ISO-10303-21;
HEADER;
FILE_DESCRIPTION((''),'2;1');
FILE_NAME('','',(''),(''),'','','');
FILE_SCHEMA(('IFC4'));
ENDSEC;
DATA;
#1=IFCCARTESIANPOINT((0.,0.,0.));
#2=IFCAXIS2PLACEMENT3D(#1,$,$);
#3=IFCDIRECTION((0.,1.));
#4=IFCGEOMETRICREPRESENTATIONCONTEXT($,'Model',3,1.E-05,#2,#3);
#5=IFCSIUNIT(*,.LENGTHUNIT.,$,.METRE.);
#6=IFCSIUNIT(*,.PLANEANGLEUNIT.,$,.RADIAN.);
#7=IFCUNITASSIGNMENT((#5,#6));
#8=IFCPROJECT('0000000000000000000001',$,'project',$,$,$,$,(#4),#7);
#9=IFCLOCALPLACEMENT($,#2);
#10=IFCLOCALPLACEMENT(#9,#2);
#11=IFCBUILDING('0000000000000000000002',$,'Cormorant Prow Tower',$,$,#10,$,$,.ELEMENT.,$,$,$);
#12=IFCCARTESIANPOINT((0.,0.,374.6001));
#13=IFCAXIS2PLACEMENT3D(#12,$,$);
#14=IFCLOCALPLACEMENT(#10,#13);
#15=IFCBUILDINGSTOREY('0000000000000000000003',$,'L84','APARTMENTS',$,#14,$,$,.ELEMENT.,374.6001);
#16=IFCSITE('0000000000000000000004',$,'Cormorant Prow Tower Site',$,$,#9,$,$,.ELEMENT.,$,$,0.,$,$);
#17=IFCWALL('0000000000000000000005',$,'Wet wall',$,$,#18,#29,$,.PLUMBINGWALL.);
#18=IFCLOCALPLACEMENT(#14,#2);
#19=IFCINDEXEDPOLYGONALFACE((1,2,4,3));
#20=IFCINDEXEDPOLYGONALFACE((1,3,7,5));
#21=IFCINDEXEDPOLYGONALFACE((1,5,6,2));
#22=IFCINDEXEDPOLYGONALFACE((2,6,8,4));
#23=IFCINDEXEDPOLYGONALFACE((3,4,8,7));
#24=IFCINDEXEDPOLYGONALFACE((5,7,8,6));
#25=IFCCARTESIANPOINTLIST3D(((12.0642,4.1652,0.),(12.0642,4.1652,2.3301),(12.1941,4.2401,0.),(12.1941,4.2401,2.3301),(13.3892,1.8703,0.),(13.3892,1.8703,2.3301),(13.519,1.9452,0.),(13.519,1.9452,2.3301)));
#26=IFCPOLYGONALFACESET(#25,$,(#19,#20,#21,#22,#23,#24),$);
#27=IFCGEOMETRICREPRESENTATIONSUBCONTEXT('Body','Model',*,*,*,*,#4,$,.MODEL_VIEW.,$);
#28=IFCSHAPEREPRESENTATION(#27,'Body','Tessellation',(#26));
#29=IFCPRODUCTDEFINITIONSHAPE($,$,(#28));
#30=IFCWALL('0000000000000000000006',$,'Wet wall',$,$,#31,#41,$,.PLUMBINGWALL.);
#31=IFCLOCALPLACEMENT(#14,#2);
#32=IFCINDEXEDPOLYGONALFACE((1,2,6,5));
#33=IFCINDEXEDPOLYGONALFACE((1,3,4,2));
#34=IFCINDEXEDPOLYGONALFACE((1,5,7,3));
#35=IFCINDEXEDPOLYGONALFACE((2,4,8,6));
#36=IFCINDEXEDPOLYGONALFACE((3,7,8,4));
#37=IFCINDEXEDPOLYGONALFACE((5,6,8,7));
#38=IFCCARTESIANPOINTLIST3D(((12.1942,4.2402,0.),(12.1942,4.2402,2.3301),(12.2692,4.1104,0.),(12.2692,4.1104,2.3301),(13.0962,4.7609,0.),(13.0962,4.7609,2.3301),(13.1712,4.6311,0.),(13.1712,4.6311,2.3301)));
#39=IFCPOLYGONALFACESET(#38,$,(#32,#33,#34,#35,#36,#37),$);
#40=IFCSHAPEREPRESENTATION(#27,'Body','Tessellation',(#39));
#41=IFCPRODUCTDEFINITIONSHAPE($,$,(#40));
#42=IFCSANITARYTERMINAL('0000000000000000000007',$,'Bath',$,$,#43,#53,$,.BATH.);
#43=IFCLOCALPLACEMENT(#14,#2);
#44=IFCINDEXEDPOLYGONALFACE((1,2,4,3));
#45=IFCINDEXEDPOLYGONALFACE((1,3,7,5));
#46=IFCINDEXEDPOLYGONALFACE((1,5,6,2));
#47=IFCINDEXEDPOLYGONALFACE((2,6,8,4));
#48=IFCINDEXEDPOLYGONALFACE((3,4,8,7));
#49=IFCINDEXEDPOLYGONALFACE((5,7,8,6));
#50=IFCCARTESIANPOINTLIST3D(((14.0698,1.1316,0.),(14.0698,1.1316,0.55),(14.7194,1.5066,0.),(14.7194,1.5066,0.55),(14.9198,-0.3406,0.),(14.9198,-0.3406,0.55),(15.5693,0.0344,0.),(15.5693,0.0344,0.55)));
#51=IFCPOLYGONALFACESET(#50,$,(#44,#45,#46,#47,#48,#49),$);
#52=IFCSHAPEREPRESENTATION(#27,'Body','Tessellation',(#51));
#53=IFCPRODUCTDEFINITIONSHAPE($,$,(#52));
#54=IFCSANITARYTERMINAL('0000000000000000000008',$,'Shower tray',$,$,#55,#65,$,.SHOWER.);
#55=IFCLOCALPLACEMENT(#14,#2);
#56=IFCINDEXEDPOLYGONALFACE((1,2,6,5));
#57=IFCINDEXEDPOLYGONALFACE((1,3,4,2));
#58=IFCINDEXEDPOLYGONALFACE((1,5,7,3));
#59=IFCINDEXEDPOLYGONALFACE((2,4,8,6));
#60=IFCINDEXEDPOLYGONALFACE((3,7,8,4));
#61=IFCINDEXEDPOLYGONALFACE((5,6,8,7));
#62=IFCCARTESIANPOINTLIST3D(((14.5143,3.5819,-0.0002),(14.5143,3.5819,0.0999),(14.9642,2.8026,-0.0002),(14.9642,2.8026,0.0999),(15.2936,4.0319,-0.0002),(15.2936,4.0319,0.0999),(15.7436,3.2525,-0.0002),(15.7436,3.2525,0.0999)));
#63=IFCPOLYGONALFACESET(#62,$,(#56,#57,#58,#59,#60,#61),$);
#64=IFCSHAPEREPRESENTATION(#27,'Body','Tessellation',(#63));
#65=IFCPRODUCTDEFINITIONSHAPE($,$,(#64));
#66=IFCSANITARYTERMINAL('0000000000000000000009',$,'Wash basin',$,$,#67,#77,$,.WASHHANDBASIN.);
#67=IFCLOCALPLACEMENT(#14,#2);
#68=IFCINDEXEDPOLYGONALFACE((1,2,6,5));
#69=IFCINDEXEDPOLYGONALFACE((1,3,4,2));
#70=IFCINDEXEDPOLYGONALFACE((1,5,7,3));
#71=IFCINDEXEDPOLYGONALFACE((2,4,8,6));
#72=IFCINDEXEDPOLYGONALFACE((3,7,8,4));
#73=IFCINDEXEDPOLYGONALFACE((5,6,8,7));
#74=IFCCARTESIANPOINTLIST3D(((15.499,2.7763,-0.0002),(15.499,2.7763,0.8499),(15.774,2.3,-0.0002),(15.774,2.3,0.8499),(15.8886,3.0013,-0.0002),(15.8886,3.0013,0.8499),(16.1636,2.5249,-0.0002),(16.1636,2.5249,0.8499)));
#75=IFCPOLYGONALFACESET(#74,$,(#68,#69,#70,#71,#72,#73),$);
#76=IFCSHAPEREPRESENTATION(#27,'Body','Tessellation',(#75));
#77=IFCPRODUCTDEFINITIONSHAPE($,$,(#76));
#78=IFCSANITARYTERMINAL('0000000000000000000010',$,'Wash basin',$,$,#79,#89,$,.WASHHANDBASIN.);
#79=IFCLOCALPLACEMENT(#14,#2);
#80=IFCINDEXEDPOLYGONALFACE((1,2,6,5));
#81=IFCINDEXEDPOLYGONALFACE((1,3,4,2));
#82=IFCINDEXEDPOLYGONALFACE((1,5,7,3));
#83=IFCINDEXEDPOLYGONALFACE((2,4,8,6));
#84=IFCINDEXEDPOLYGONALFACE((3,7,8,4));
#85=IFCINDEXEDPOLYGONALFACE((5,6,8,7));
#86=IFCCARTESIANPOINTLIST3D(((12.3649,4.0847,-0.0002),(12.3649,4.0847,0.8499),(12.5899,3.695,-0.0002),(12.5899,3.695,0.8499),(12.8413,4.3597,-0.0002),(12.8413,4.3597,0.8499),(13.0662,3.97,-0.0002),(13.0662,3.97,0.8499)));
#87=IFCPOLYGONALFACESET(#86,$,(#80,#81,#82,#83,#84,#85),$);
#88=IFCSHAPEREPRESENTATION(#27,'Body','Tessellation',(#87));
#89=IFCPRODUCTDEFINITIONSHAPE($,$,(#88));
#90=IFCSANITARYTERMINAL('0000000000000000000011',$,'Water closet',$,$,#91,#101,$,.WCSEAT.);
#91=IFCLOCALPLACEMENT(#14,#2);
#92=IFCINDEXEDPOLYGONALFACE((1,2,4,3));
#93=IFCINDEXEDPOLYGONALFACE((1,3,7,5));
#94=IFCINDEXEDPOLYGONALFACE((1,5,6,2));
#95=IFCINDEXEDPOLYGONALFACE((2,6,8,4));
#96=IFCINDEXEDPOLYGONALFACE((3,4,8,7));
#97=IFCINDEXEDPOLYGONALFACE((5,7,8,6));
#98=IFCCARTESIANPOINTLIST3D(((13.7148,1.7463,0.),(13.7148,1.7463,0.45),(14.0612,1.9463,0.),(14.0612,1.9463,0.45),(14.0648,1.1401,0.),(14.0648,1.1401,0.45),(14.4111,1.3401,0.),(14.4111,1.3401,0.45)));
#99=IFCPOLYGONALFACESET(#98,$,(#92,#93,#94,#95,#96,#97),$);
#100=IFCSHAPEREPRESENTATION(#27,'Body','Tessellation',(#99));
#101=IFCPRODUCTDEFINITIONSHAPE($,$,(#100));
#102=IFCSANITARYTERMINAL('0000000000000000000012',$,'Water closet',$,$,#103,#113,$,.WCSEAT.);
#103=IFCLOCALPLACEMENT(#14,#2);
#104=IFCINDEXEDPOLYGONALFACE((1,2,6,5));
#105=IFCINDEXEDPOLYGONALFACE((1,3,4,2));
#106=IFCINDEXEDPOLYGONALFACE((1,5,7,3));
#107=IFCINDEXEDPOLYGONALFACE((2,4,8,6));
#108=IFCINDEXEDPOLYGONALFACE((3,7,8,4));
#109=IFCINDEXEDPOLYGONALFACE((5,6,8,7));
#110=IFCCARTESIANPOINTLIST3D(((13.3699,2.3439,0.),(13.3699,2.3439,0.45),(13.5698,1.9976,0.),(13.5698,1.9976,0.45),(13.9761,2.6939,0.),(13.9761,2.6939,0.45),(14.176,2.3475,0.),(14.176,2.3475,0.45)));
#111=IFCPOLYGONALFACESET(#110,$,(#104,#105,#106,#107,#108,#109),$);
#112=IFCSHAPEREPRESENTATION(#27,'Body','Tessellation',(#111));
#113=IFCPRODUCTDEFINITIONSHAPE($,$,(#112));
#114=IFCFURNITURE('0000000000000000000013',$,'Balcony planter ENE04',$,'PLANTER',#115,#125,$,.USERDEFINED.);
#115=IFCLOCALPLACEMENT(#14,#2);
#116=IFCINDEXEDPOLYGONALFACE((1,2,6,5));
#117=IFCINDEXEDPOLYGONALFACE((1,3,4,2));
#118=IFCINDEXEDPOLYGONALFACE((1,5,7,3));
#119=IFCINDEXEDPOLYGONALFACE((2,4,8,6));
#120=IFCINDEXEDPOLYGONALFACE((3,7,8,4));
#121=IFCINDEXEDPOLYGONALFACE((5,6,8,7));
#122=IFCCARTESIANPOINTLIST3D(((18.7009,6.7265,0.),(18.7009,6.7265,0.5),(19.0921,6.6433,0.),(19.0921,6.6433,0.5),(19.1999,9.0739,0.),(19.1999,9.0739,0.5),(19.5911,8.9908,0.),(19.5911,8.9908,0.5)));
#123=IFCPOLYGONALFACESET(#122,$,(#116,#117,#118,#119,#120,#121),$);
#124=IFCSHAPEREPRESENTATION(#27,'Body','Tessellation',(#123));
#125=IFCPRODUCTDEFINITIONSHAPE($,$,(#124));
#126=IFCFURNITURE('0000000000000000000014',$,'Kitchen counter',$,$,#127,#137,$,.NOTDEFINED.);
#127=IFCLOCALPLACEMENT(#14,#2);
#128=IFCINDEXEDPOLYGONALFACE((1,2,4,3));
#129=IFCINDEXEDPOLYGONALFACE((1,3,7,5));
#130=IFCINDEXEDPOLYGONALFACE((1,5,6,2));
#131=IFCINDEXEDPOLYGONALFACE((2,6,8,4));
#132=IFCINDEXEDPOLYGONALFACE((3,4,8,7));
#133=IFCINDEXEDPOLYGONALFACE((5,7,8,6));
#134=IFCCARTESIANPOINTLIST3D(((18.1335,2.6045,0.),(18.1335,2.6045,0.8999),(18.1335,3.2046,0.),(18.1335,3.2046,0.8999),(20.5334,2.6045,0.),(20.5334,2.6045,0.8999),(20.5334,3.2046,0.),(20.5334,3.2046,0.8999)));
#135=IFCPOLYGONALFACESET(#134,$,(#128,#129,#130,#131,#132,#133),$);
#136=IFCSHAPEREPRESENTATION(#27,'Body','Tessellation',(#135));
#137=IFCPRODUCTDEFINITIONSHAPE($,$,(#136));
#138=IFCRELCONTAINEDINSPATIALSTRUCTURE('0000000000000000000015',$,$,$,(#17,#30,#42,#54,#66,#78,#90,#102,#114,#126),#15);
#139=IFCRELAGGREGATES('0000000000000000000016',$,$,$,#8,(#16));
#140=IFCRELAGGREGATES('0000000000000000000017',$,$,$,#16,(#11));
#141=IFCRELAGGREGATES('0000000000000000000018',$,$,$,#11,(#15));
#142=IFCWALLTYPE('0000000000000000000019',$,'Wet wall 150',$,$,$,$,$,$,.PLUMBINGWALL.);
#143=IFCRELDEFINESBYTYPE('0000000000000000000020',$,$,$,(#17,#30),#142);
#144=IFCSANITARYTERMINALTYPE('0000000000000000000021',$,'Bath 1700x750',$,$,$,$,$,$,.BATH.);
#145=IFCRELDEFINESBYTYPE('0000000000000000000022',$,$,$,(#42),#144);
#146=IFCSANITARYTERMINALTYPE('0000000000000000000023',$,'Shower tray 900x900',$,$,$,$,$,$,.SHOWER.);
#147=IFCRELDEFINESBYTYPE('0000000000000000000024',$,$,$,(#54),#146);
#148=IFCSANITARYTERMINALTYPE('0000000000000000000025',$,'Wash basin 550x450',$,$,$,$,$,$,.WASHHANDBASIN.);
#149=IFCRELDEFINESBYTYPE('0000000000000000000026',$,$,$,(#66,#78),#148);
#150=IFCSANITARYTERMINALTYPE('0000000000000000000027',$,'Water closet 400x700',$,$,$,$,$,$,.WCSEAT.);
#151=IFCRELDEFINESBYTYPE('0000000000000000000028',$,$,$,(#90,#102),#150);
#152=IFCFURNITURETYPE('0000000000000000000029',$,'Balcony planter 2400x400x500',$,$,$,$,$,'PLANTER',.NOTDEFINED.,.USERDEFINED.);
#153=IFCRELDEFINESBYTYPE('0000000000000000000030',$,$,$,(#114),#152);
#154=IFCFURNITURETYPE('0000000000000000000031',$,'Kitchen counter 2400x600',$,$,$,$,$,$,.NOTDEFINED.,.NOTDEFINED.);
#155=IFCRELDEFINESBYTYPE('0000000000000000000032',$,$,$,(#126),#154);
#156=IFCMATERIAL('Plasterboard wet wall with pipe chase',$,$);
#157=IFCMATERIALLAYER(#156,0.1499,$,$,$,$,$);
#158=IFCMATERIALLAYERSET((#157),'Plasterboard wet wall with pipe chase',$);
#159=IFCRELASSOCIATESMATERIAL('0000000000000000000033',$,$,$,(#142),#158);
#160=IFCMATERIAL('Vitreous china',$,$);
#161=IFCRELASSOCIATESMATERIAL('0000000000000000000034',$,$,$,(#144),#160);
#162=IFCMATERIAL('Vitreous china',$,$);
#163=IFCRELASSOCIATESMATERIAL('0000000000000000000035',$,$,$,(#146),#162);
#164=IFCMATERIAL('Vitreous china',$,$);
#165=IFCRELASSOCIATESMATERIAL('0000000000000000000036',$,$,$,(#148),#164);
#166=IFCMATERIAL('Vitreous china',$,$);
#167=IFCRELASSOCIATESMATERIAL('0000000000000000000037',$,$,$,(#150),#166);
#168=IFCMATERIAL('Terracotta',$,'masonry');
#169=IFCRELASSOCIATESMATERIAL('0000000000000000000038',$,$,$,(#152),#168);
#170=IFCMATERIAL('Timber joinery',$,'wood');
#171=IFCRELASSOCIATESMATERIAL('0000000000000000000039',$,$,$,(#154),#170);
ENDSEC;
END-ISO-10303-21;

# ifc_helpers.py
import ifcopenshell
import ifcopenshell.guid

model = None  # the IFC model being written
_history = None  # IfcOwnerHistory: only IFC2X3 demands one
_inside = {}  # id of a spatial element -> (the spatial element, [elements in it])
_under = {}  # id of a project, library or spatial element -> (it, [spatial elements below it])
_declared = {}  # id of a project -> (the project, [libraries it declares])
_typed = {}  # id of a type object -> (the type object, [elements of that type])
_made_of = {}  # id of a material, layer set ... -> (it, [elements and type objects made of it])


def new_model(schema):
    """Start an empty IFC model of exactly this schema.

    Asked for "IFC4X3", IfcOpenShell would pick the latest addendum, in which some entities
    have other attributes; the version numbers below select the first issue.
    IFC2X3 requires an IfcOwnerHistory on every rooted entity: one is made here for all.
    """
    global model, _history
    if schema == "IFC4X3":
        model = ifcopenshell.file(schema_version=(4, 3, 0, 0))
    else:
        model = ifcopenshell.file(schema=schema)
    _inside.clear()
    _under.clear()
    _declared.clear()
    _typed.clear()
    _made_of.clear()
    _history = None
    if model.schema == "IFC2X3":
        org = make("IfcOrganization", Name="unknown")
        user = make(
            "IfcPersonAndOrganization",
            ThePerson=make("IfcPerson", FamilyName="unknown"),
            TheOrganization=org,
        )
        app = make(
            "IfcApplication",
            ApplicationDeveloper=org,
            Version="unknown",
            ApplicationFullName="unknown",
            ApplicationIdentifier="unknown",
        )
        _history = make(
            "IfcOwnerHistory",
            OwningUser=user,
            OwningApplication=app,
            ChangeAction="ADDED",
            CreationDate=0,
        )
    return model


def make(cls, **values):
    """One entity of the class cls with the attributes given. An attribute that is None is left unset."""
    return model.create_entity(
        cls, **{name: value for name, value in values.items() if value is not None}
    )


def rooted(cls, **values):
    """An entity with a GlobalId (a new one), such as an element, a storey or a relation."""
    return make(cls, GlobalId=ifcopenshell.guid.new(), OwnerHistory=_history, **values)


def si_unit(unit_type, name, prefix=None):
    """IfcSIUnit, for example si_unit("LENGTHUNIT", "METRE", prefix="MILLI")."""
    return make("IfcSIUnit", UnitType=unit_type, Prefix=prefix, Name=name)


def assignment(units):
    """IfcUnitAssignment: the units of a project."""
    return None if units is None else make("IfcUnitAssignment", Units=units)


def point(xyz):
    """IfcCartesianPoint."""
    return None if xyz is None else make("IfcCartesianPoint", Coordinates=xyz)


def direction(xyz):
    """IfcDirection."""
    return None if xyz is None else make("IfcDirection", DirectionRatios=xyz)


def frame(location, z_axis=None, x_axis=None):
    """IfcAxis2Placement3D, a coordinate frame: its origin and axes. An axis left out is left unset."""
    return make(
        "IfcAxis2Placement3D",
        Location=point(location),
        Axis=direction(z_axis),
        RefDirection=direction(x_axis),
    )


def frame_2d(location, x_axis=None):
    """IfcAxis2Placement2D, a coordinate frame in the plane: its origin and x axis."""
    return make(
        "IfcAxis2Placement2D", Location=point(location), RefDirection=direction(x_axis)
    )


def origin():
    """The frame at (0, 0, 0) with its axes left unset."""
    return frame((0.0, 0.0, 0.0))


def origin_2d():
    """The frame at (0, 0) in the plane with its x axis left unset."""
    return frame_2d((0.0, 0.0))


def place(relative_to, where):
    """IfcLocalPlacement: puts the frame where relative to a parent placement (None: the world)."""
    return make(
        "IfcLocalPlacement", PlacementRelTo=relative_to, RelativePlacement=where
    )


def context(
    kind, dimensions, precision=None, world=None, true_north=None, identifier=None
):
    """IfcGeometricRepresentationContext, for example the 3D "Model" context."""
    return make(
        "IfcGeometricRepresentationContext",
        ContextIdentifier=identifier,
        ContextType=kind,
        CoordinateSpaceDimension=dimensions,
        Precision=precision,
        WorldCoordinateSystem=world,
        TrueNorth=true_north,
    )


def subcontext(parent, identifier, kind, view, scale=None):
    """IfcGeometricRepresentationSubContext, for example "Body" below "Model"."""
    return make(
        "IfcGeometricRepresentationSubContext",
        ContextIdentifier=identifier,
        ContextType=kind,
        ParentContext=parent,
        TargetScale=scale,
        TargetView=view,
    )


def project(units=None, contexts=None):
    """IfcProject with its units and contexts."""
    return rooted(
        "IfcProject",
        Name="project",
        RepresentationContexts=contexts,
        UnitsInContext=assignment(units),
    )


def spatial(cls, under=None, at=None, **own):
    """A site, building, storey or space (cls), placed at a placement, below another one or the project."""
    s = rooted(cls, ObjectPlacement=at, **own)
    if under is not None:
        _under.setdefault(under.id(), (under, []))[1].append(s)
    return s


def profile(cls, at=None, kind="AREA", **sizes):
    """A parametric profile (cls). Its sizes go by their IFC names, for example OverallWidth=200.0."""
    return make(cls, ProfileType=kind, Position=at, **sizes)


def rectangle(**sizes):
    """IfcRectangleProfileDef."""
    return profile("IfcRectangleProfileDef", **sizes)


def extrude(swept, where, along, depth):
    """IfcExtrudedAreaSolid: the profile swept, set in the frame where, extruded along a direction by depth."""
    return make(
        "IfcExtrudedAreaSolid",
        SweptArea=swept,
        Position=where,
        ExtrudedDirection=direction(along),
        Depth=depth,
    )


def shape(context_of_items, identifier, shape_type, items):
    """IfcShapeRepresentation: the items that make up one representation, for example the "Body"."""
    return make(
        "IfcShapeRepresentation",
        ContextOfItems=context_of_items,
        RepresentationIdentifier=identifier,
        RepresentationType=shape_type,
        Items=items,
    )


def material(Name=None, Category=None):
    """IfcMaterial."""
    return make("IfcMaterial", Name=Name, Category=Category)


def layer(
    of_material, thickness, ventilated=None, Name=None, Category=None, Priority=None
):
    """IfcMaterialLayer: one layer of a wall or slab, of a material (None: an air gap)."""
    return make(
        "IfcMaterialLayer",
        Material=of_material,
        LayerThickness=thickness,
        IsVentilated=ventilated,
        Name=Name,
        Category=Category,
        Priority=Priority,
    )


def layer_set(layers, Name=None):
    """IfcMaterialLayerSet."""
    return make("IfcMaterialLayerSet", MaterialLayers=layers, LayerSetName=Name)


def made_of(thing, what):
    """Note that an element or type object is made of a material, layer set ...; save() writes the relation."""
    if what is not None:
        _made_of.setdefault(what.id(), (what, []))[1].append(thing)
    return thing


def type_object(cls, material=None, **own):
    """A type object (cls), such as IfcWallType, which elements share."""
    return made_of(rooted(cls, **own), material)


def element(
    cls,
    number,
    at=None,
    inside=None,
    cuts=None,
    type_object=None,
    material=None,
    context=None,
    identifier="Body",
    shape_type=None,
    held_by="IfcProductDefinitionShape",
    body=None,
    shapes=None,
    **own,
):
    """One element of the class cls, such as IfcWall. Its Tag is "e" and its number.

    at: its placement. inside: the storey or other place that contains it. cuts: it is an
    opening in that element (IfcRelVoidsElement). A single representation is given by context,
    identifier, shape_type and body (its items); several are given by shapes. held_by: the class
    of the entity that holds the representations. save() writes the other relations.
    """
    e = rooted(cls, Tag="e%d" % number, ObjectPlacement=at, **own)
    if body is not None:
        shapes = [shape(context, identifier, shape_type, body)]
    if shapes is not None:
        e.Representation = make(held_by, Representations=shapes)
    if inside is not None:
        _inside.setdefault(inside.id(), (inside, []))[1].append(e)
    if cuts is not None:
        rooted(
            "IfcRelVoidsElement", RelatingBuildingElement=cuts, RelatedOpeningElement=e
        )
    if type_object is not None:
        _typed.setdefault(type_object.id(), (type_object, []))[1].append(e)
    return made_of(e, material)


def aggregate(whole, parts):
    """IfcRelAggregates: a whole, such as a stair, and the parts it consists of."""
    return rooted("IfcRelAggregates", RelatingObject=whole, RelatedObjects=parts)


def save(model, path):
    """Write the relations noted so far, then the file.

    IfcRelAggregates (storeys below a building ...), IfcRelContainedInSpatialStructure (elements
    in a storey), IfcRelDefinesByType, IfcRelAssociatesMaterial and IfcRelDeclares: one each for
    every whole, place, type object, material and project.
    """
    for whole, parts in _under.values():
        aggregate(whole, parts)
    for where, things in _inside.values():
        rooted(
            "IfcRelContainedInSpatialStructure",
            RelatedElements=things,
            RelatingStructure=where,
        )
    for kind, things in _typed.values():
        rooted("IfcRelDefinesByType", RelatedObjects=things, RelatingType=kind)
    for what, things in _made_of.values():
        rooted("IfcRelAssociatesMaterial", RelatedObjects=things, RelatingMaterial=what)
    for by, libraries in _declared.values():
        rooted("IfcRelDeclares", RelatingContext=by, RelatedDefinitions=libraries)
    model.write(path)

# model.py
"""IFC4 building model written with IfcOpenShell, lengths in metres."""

from ifc_helpers import new_model, si_unit, direction, frame, frame_2d, origin, origin_2d, place, context, subcontext, project, spatial, rectangle, extrude, material, layer, layer_set, type_object, element, save


model = new_model("IFC4")

# Units and contexts
model_context = context("Model", 3, precision=1e-05, world=origin(), true_north=direction((0.0, 1.0)))
body_context = subcontext(model_context, "Body", "Model", "MODEL_VIEW")
ifc_project = project(units=[si_unit("LENGTHUNIT", "METRE"), si_unit("PLANEANGLEUNIT", "RADIAN")], contexts=[model_context])

# Site, building, storey
site_placement = place(None, origin())
site = spatial("IfcSite", under=ifc_project, at=site_placement, Name="Cormorant Prow Tower Site", CompositionType="ELEMENT", RefElevation=0.0)
building_placement = place(site_placement, origin())
building = spatial("IfcBuilding", under=site, at=building_placement, Name="Cormorant Prow Tower", CompositionType="ELEMENT")
storey_placement = place(building_placement, frame((0.0, 0.0, 374.6001)))
storey = spatial("IfcBuildingStorey", under=building, at=storey_placement, Name="L84", Description="APARTMENTS", CompositionType="ELEMENT", Elevation=374.6001)

# Walls
ifc_material_1 = material(Name="Plasterboard wet wall with pipe chase")
ifc_layer_1 = layer(ifc_material_1, 0.1499)
ifc_layer_set_1 = layer_set([ifc_layer_1], Name="Plasterboard wet wall with pipe chase")
wall_type_1 = type_object("IfcWallType", Name="Wet wall 150", PredefinedType="PLUMBINGWALL", material=ifc_layer_set_1)
wall_1_placement = place(storey_placement, frame((12.1292, 4.2026, 0.0), z_axis=(0.0, 0.0, 1.0), x_axis=(0.499994, -0.866029, 0.0)))
element("IfcWall", 1, at=wall_1_placement, inside=storey, type_object=wall_type_1, Name="Wet wall", PredefinedType="PLUMBINGWALL", context=body_context, shape_type="SweptSolid", body=[
    extrude(rectangle(XDim=2.6499, YDim=0.1499, at=frame_2d((1.325, 0.0))), origin(), (0.0, 0.0, 1.0), 2.3301),
])
wall_2_placement = place(storey_placement, frame((12.2317, 4.1753, 0.0), z_axis=(0.0, 0.0, 1.0), x_axis=(0.866057, 0.499946, 0.0)))
element("IfcWall", 2, at=wall_2_placement, inside=storey, type_object=wall_type_1, Name="Wet wall", PredefinedType="PLUMBINGWALL", context=body_context, shape_type="SweptSolid", body=[
    extrude(rectangle(XDim=1.0415, YDim=0.1499, at=frame_2d((0.5208, 0.0))), origin(), (0.0, 0.0, 1.0), 2.3301),
])

# Sanitary terminals
ifc_material_2 = material(Name="Vitreous china")
sanitary_terminal_type_1 = type_object("IfcSanitaryTerminalType", Name="Bath 1700x750", PredefinedType="BATH", material=ifc_material_2)
sanitary_terminal_1_placement = place(storey_placement, frame((14.8196, 0.583, 0.0), z_axis=(0.0, 0.0, 1.0), x_axis=(-0.5, 0.866025, 0.0)))
element("IfcSanitaryTerminal", 3, at=sanitary_terminal_1_placement, inside=storey, type_object=sanitary_terminal_type_1, Name="Bath", PredefinedType="BATH", context=body_context, shape_type="SweptSolid", body=[
    extrude(rectangle(XDim=1.7, YDim=0.75, at=origin_2d()), origin(), (0.0, 0.0, 1.0), 0.55),
])
ifc_material_3 = material(Name="Vitreous china")
sanitary_terminal_type_2 = type_object("IfcSanitaryTerminalType", Name="Shower tray 900x900", PredefinedType="SHOWER", material=ifc_material_3)
sanitary_terminal_2_placement = place(storey_placement, frame((15.1289, 3.4172, -0.0002), z_axis=(0.0, 0.0, 1.0), x_axis=(-0.866025, -0.5, 0.0)))
element("IfcSanitaryTerminal", 4, at=sanitary_terminal_2_placement, inside=storey, type_object=sanitary_terminal_type_2, Name="Shower tray", PredefinedType="SHOWER", context=body_context, shape_type="SweptSolid", body=[
    extrude(rectangle(XDim=0.8999, YDim=0.8999, at=origin_2d()), origin(), (0.0, 0.0, 1.0), 0.1001),
])
ifc_material_4 = material(Name="Vitreous china")
sanitary_terminal_type_3 = type_object("IfcSanitaryTerminalType", Name="Wash basin 550x450", PredefinedType="WASHHANDBASIN", material=ifc_material_4)
for number, where, z_axis, x_axis, name in (
    (5, (15.8313, 2.6506, -0.0002), (0.0, 0.0, 1.0), (0.5, -0.866025, 0.0), "Wash basin"),
    (6, (12.7156, 4.0273, -0.0002), (0.0, 0.0, 1.0), (0.866025, 0.5, 0.0), "Wash basin"),
):
    element("IfcSanitaryTerminal", number, at=place(storey_placement, frame(where, z_axis=z_axis, x_axis=x_axis)), inside=storey, type_object=sanitary_terminal_type_3, Name=name, PredefinedType="WASHHANDBASIN", context=body_context, shape_type="SweptSolid", body=[
        extrude(rectangle(XDim=0.55, YDim=0.45, at=origin_2d()), origin(), (0.0, 0.0, 1.0), 0.8501),
    ])
ifc_material_5 = material(Name="Vitreous china")
sanitary_terminal_type_4 = type_object("IfcSanitaryTerminalType", Name="Water closet 400x700", PredefinedType="WCSEAT", material=ifc_material_5)
for number, where, z_axis, x_axis, name in (
    (7, (14.063, 1.5432, 0.0), (0.0, 0.0, 1.0), (0.866025, 0.5, 0.0), "Water closet"),
    (8, (13.7729, 2.3457, 0.0), (0.0, 0.0, 1.0), (-0.5, 0.866025, 0.0), "Water closet"),
):
    element("IfcSanitaryTerminal", number, at=place(storey_placement, frame(where, z_axis=z_axis, x_axis=x_axis)), inside=storey, type_object=sanitary_terminal_type_4, Name=name, PredefinedType="WCSEAT", context=body_context, shape_type="SweptSolid", body=[
        extrude(rectangle(XDim=0.3999, YDim=0.7, at=origin_2d()), origin(), (0.0, 0.0, 1.0), 0.45),
    ])

# Furniture
ifc_material_6 = material(Name="Terracotta", Category="masonry")
furniture_type_1 = type_object("IfcFurnitureType", Name="Balcony planter 2400x400x500", ElementType="PLANTER", AssemblyPlace="NOTDEFINED", PredefinedType="USERDEFINED", material=ifc_material_6)
furniture_1_placement = place(storey_placement, frame((19.146, 7.8586, 0.0), z_axis=(0.0, 0.0, 1.0), x_axis=(0.207912, 0.978148, 0.0)))
element("IfcFurniture", 9, at=furniture_1_placement, inside=storey, type_object=furniture_type_1, Name="Balcony planter ENE04", ObjectType="PLANTER", PredefinedType="USERDEFINED", context=body_context, shape_type="SweptSolid", body=[
    extrude(rectangle(XDim=2.3999, YDim=0.3999, at=origin_2d()), origin(), (0.0, 0.0, 1.0), 0.5),
])
ifc_material_7 = material(Name="Timber joinery", Category="wood")
furniture_type_2 = type_object("IfcFurnitureType", Name="Kitchen counter 2400x600", AssemblyPlace="NOTDEFINED", PredefinedType="NOTDEFINED", material=ifc_material_7)
furniture_2_placement = place(storey_placement, frame((19.3335, 2.9045, 0.0), z_axis=(0.0, 0.0, 1.0), x_axis=(1.0, 0.0, 0.0)))
element("IfcFurniture", 10, at=furniture_2_placement, inside=storey, type_object=furniture_type_2, Name="Kitchen counter", PredefinedType="NOTDEFINED", context=body_context, shape_type="SweptSolid", body=[
    extrude(rectangle(XDim=2.3999, YDim=0.6001, at=origin_2d()), origin(), (0.0, 0.0, 1.0), 0.8999),
])

save(model, "model.ifc")
